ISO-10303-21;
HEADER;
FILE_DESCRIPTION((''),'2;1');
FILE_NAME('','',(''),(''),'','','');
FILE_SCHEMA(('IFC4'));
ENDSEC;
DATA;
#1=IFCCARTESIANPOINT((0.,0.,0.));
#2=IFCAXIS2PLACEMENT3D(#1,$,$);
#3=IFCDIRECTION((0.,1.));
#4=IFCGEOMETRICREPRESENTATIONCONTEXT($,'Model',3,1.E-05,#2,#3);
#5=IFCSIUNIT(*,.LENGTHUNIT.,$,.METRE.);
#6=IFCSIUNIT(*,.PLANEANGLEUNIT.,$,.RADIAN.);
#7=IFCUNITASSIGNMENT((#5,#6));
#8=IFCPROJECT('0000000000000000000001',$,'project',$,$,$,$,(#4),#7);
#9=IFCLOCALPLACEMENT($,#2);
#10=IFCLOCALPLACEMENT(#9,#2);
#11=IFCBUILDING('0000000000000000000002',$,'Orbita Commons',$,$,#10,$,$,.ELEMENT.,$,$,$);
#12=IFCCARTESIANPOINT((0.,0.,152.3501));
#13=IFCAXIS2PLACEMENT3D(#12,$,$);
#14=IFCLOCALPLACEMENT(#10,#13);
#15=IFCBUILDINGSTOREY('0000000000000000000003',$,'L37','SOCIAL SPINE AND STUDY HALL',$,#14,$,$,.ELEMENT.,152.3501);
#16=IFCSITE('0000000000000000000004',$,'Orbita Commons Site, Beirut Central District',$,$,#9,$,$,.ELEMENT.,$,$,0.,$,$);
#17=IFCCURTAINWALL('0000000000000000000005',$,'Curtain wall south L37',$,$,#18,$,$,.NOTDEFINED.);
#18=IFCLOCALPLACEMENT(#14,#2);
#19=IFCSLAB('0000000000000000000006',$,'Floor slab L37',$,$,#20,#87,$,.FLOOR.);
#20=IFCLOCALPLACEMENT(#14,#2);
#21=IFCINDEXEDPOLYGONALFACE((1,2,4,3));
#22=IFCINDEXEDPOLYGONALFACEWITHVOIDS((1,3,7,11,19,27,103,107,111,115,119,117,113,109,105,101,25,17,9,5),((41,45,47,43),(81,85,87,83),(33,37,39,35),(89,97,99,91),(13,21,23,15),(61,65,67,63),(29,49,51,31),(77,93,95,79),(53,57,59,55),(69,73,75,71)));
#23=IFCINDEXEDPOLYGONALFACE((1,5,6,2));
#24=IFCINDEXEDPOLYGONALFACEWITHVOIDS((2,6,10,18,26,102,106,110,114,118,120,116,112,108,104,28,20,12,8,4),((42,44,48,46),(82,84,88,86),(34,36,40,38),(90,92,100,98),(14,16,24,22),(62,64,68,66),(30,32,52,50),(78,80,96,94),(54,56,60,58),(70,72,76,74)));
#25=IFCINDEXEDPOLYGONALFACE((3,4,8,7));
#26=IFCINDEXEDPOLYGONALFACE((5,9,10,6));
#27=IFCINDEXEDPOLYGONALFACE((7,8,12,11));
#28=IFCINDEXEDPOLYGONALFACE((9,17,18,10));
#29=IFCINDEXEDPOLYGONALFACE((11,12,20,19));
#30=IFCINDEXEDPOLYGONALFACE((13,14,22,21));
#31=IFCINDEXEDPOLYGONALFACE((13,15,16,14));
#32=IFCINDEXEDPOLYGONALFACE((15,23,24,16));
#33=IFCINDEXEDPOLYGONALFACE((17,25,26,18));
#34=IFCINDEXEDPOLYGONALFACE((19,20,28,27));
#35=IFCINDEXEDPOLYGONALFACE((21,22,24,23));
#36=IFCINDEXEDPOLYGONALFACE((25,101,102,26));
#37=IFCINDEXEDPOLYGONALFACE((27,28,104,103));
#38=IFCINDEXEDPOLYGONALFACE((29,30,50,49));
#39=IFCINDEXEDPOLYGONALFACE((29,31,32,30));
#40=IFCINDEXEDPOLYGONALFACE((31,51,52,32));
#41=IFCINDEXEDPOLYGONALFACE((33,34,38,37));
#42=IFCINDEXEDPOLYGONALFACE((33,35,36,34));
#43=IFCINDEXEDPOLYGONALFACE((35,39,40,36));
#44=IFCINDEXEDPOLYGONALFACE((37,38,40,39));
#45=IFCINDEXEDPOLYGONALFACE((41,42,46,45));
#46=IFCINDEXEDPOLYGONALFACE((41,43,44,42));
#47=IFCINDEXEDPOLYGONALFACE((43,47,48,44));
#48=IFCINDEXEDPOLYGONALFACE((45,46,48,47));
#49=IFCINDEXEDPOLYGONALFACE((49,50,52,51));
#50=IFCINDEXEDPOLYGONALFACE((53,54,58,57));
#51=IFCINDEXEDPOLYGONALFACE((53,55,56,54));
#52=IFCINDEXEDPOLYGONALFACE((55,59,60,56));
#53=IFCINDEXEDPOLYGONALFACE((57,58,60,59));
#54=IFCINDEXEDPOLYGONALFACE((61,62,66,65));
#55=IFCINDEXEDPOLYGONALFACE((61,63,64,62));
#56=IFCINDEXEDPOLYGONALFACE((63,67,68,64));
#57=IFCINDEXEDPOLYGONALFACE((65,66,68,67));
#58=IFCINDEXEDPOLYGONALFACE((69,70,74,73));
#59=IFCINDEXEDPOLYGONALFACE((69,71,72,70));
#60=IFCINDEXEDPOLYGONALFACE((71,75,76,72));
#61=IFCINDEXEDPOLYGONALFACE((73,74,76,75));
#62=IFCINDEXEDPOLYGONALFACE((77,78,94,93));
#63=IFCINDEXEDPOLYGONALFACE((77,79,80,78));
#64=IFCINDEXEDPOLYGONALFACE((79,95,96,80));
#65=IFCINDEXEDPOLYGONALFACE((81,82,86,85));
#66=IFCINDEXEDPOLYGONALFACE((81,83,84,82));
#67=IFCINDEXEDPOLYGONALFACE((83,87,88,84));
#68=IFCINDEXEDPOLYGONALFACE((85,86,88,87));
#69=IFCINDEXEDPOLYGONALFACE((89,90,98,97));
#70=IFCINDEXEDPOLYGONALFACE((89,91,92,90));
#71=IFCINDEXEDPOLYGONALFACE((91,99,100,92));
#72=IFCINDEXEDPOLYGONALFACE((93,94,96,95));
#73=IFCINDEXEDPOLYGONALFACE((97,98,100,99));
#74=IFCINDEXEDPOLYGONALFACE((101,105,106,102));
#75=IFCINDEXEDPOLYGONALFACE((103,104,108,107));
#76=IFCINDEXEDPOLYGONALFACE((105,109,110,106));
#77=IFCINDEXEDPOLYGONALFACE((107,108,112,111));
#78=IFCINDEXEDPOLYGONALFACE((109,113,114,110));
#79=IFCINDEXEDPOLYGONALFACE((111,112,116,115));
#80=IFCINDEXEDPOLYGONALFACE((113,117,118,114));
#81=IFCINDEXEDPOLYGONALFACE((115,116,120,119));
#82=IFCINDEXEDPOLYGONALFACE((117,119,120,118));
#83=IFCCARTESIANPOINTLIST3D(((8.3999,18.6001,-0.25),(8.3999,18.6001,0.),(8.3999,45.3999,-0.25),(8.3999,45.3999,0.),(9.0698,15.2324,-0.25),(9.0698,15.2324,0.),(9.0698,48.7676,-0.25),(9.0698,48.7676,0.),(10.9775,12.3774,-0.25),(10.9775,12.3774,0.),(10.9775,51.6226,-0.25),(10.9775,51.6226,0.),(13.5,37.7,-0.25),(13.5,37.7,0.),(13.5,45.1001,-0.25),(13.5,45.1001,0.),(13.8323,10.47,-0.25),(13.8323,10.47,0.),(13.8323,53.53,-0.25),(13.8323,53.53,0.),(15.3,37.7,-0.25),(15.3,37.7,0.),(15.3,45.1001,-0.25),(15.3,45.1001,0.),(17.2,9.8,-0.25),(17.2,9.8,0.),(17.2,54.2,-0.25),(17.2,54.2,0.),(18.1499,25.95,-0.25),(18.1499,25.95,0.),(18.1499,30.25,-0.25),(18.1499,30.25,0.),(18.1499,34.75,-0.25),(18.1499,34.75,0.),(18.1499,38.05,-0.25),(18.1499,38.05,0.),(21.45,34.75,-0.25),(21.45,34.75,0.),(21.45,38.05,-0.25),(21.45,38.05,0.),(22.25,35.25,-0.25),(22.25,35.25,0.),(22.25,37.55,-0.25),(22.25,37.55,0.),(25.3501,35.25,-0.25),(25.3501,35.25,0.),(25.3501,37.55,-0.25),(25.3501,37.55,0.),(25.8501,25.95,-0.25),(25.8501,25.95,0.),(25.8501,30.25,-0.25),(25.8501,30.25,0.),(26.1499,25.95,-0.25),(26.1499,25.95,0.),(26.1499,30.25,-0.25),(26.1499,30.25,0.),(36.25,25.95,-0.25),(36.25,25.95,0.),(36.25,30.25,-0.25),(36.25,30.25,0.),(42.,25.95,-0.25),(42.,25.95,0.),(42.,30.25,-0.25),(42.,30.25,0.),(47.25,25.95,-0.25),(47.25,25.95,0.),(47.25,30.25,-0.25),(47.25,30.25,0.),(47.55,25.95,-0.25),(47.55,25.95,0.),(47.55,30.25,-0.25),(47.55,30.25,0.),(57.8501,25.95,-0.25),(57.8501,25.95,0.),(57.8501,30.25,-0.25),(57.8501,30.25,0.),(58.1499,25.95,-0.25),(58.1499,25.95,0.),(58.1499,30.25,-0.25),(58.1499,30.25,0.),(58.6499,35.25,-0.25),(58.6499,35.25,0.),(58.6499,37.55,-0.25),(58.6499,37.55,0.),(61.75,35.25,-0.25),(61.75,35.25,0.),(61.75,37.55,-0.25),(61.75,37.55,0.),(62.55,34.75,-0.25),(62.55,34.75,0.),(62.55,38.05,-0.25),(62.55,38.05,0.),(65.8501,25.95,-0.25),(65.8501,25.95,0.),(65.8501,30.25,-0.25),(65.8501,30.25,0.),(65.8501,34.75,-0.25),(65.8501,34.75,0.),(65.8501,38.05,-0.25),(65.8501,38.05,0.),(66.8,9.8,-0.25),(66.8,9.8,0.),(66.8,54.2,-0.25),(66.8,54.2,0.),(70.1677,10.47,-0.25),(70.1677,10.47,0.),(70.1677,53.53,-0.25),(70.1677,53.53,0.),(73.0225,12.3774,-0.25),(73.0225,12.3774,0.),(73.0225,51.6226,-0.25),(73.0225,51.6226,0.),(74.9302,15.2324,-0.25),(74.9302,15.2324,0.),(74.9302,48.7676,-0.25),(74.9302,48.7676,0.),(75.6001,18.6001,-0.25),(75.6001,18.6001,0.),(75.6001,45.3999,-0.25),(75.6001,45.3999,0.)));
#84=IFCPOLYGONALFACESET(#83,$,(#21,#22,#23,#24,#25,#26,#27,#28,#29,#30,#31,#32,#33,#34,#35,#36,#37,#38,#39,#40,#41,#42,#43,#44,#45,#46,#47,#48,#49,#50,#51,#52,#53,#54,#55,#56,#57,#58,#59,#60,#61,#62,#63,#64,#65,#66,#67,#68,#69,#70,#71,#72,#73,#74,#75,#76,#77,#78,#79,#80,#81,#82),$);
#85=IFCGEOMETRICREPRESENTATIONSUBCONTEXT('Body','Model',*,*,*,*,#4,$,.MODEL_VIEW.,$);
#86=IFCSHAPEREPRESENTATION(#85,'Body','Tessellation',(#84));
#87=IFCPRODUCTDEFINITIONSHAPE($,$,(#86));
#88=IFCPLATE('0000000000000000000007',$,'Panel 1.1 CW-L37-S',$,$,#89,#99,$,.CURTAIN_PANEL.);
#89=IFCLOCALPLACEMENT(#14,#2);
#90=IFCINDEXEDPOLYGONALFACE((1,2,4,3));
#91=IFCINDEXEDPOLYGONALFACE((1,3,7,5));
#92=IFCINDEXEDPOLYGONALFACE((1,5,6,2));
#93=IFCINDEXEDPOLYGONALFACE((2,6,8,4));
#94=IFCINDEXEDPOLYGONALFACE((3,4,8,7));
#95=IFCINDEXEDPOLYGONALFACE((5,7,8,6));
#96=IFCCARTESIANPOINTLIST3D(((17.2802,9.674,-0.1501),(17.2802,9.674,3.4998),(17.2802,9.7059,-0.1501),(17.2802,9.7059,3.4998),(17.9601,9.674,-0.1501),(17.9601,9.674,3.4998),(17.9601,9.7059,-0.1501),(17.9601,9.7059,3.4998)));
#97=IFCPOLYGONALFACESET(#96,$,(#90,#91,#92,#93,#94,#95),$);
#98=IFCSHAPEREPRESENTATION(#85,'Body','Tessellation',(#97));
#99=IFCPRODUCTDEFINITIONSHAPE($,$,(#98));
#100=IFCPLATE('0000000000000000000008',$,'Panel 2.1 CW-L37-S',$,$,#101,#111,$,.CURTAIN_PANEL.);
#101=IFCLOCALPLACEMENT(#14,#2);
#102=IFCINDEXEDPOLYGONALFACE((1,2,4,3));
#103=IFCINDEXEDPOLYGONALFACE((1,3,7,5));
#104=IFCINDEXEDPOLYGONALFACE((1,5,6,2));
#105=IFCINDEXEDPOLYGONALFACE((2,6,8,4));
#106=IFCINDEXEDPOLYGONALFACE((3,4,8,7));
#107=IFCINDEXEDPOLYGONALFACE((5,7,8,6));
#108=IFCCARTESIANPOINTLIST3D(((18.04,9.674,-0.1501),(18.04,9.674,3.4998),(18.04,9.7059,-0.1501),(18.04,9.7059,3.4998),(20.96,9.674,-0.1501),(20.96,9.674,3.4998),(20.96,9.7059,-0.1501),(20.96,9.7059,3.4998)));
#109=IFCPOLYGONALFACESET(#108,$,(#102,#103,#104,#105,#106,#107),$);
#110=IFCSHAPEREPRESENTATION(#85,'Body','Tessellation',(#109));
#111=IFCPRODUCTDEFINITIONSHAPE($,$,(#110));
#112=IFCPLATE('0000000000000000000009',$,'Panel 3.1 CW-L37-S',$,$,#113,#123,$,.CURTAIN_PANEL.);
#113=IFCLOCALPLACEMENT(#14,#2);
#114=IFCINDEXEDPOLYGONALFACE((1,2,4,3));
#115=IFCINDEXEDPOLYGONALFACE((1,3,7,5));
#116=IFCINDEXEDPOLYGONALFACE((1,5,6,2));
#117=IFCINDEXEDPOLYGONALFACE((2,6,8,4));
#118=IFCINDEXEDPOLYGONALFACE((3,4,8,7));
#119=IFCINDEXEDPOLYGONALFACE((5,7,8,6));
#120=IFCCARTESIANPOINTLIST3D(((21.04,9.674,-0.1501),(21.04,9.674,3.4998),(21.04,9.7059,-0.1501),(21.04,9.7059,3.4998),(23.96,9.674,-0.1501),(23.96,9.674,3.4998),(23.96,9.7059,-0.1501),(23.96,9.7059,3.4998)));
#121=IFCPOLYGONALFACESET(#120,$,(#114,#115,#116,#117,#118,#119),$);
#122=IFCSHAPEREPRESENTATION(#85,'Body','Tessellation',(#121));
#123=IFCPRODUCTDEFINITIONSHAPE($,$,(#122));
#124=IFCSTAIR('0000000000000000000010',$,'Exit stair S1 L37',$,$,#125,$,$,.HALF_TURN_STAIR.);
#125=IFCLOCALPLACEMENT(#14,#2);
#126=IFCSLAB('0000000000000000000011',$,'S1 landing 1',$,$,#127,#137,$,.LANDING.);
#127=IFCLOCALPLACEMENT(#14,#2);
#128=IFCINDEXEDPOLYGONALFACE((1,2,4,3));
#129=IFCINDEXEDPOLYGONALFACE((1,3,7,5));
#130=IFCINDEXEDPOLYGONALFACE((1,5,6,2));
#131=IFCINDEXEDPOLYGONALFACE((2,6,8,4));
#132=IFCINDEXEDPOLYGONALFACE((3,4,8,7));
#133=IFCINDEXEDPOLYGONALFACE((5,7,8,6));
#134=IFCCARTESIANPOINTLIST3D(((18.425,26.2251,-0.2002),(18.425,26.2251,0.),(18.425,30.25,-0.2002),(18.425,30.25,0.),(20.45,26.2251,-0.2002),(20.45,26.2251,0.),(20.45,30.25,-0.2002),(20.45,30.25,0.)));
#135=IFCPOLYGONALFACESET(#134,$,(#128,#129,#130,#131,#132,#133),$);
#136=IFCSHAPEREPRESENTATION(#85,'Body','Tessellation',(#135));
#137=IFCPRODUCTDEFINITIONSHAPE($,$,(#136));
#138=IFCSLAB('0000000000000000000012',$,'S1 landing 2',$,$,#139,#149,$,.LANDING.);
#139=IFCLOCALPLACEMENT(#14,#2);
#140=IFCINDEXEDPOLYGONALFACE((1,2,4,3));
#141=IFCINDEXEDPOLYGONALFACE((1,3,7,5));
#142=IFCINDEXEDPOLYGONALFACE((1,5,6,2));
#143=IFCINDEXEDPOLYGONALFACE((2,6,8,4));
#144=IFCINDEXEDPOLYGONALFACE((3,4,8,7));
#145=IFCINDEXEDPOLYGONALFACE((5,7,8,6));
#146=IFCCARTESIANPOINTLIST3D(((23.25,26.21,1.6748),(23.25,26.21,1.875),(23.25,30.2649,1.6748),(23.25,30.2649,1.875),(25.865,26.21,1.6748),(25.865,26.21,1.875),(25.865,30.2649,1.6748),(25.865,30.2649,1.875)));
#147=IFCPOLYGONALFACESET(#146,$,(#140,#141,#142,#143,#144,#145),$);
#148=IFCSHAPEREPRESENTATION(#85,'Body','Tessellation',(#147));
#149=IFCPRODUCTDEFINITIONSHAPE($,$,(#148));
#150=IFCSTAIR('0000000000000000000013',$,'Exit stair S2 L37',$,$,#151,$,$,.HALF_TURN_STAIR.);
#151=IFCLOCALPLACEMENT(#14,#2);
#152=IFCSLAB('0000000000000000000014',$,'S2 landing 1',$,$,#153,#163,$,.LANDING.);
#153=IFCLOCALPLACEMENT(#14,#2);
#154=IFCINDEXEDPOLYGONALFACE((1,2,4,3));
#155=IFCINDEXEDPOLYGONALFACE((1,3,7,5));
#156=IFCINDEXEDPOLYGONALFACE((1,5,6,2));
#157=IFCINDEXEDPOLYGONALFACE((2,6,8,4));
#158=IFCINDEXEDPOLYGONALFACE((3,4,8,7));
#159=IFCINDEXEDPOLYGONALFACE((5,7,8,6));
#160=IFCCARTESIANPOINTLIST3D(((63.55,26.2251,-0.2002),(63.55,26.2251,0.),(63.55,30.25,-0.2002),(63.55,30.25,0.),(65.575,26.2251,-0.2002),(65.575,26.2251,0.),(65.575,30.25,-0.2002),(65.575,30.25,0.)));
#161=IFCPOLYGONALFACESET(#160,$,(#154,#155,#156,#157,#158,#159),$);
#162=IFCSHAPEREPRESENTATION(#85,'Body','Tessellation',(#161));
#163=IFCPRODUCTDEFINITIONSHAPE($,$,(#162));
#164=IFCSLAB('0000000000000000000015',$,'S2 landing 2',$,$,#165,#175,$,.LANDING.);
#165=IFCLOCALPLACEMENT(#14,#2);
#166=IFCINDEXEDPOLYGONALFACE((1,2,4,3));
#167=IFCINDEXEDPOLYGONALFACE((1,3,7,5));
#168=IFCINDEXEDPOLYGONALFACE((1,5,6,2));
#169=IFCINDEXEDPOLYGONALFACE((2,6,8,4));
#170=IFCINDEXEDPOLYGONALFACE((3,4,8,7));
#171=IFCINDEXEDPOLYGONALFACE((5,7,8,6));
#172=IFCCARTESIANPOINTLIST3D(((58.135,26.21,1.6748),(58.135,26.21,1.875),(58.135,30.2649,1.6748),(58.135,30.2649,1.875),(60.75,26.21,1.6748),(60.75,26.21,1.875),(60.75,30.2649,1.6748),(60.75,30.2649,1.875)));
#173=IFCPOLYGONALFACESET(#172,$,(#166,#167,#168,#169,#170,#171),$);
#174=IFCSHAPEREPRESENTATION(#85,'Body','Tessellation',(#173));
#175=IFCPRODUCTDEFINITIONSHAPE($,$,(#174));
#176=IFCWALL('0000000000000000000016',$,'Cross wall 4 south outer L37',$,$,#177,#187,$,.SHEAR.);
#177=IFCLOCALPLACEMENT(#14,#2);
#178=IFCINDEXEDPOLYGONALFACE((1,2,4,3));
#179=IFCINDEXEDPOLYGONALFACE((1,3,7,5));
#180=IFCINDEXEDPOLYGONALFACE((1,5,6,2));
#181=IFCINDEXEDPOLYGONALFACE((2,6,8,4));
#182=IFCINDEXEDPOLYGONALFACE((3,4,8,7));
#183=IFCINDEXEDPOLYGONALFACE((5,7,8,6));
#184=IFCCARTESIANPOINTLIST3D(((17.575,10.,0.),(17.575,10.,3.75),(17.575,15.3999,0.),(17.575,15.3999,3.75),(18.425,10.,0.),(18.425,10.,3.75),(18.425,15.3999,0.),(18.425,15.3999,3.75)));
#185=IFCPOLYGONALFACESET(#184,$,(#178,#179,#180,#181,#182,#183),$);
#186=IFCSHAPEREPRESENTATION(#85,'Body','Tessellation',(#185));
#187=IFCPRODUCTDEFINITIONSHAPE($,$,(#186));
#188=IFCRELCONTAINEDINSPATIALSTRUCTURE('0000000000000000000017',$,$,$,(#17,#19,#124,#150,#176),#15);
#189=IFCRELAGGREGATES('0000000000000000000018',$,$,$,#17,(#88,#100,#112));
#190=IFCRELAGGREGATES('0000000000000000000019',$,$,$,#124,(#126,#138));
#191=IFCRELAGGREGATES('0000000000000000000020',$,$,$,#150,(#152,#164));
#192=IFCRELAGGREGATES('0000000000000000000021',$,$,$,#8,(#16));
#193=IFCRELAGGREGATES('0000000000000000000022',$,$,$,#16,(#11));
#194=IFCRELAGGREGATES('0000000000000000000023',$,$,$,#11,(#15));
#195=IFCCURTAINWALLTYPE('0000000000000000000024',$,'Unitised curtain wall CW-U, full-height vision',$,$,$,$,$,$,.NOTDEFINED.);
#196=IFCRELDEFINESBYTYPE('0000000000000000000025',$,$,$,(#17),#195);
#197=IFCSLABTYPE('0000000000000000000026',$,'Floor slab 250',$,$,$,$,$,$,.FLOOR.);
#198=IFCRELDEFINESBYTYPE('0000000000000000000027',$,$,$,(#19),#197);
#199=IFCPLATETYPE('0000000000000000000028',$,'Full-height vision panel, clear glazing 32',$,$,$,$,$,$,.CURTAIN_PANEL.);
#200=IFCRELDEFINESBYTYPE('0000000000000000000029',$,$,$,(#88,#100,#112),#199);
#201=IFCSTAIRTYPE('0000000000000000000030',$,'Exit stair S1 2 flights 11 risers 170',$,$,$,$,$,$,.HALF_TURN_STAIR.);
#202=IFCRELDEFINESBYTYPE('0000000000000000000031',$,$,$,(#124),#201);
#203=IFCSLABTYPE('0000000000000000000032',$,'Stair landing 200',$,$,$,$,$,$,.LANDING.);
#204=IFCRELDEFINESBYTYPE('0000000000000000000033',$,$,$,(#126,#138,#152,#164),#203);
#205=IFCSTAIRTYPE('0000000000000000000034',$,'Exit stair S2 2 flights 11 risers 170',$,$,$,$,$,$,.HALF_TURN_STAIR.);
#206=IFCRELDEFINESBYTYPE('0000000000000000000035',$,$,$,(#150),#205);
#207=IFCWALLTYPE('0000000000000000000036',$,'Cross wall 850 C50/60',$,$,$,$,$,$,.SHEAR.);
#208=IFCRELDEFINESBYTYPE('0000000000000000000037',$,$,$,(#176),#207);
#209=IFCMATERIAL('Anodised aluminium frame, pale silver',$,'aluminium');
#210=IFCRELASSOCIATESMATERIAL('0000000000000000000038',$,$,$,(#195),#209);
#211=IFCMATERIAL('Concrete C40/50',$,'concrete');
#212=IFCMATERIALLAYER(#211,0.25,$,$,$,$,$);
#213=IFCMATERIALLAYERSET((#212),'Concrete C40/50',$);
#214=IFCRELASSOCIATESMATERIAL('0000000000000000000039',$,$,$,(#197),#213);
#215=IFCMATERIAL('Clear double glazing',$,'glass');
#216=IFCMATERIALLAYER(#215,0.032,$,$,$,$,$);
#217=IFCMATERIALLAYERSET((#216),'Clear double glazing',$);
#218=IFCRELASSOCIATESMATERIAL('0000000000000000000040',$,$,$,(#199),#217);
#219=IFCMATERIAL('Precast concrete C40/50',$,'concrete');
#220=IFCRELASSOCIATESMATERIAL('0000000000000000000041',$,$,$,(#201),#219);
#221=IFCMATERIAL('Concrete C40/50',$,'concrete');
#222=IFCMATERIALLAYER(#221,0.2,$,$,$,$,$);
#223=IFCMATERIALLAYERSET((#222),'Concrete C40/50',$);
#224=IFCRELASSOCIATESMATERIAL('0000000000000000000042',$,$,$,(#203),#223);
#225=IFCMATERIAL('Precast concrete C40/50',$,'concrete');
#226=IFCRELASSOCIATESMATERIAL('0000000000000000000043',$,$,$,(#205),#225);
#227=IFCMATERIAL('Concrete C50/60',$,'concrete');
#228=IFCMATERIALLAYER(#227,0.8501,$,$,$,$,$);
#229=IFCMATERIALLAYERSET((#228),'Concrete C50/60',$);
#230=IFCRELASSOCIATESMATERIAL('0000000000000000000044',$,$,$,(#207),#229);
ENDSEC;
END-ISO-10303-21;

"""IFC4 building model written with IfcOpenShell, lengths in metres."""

from ifc_helpers import new_model, si_unit, direction, frame, frame_2d, origin, origin_2d, place, context, subcontext, project, spatial, polyline, rectangle, outline, extrude, material, layer, layer_set, type_object, element, aggregate, save


model = new_model("IFC4")

# Units and contexts
model_context = context("Model", 3, precision=1e-05, world=origin(), true_north=direction((0.0, 1.0)))
body_context = subcontext(model_context, "Body", "Model", "MODEL_VIEW")
ifc_project = project(units=[si_unit("LENGTHUNIT", "METRE"), si_unit("PLANEANGLEUNIT", "RADIAN")], contexts=[model_context])

# Site, building, storey
site_placement = place(None, origin())
site = spatial("IfcSite", under=ifc_project, at=site_placement, Name="Orbita Commons Site, Beirut Central District", CompositionType="ELEMENT", RefElevation=0.0)
building_placement = place(site_placement, origin())
building = spatial("IfcBuilding", under=site, at=building_placement, Name="Orbita Commons", CompositionType="ELEMENT")
storey_placement = place(building_placement, frame((0.0, 0.0, 152.3501)))
storey = spatial("IfcBuildingStorey", under=building, at=storey_placement, Name="L37", Description="SOCIAL SPINE AND STUDY HALL", CompositionType="ELEMENT", Elevation=152.3501)

# Curtain wall
ifc_material_1 = material(Name="Anodised aluminium frame, pale silver", Category="aluminium")
curtain_wall_type = type_object("IfcCurtainWallType", Name="Unitised curtain wall CW-U, full-height vision", PredefinedType="NOTDEFINED", material=ifc_material_1)
curtain_wall_placement = place(storey_placement, origin())
curtain_wall = element("IfcCurtainWall", 1, at=curtain_wall_placement, inside=storey, type_object=curtain_wall_type, Name="Curtain wall south L37", PredefinedType="NOTDEFINED")

# Slab
ifc_material_2 = material(Name="Concrete C40/50", Category="concrete")
ifc_layer_1 = layer(ifc_material_2, 0.25)
ifc_layer_set_1 = layer_set([ifc_layer_1], Name="Concrete C40/50")
slab_type_1 = type_object("IfcSlabType", Name="Floor slab 250", PredefinedType="FLOOR", material=ifc_layer_set_1)
slab_1_placement = place(storey_placement, frame((0.0, 0.0, -0.25)))
element("IfcSlab", 2, at=slab_1_placement, inside=storey, type_object=slab_type_1, Name="Floor slab L37", PredefinedType="FLOOR", context=body_context, shape_type="SweptSolid", body=[
    extrude(outline(polyline([(66.8, 9.8), (70.1677, 10.47), (73.0225, 12.3774), (74.9302, 15.2324), (75.6001, 18.6001), (75.6001, 45.3999), (74.9302, 48.7676), (73.0225, 51.6226), (70.1677, 53.53), (66.8, 54.2), (17.2, 54.2), (13.8323, 53.53), (10.9775, 51.6226), (9.0698, 48.7676), (8.3999, 45.3999), (8.3999, 18.6001), (9.0698, 15.2324), (10.9775, 12.3774), (13.8323, 10.47), (17.2, 9.8), (66.8, 9.8)]), holes=[polyline([(18.1499, 25.95), (25.8501, 25.95), (25.8501, 30.25), (18.1499, 30.25), (18.1499, 25.95)]), polyline([(58.1499, 25.95), (65.8501, 25.95), (65.8501, 30.25), (58.1499, 30.25), (58.1499, 25.95)]), polyline([(18.1499, 34.75), (21.45, 34.75), (21.45, 38.05), (18.1499, 38.05), (18.1499, 34.75)]), polyline([(62.55, 34.75), (65.8501, 34.75), (65.8501, 38.05), (62.55, 38.05), (62.55, 34.75)]), polyline([(22.25, 35.25), (25.3501, 35.25), (25.3501, 37.55), (22.25, 37.55), (22.25, 35.25)]), polyline([(58.6499, 35.25), (61.75, 35.25), (61.75, 37.55), (58.6499, 37.55), (58.6499, 35.25)]), polyline([(26.1499, 25.95), (36.25, 25.95), (36.25, 30.25), (26.1499, 30.25), (26.1499, 25.95)]), polyline([(42.0, 25.95), (47.25, 25.95), (47.25, 30.25), (42.0, 30.25), (42.0, 25.95)]), polyline([(47.55, 25.95), (57.8501, 25.95), (57.8501, 30.25), (47.55, 30.25), (47.55, 25.95)]), polyline([(13.5, 37.7), (15.3, 37.7), (15.3, 45.1001), (13.5, 45.1001), (13.5, 37.7)])]), origin(), (0.0, 0.0, 1.0), 0.25),
])

# Plates
ifc_material_3 = material(Name="Clear double glazing", Category="glass")
ifc_layer_2 = layer(ifc_material_3, 0.032)
ifc_layer_set_2 = layer_set([ifc_layer_2], Name="Clear double glazing")
plate_type = type_object("IfcPlateType", Name="Full-height vision panel, clear glazing 32", PredefinedType="CURTAIN_PANEL", material=ifc_layer_set_2)
plate_1_placement = place(storey_placement, frame((17.6201, 9.6899, -0.1501), z_axis=(0.0, 0.0, 1.0), x_axis=(1.0, 0.0, 0.0)))
plate_1 = element("IfcPlate", 3, at=plate_1_placement, type_object=plate_type, Name="Panel 1.1 CW-L37-S", PredefinedType="CURTAIN_PANEL", context=body_context, shape_type="SweptSolid", body=[
    extrude(rectangle(XDim=0.6799, YDim=0.032, at=origin_2d()), origin(), (0.0, 0.0, 1.0), 3.6499),
])
plate_2_placement = place(storey_placement, frame((19.5, 9.6899, -0.1501), z_axis=(0.0, 0.0, 1.0), x_axis=(1.0, 0.0, 0.0)))
plate_2 = element("IfcPlate", 4, at=plate_2_placement, type_object=plate_type, Name="Panel 2.1 CW-L37-S", PredefinedType="CURTAIN_PANEL", context=body_context, shape_type="SweptSolid", body=[
    extrude(rectangle(XDim=2.9199, YDim=0.032, at=origin_2d()), origin(), (0.0, 0.0, 1.0), 3.6499),
])
plate_3_placement = place(storey_placement, frame((22.5, 9.6899, -0.1501), z_axis=(0.0, 0.0, 1.0), x_axis=(1.0, 0.0, 0.0)))
plate_3 = element("IfcPlate", 5, at=plate_3_placement, type_object=plate_type, Name="Panel 3.1 CW-L37-S", PredefinedType="CURTAIN_PANEL", context=body_context, shape_type="SweptSolid", body=[
    extrude(rectangle(XDim=2.9199, YDim=0.032, at=origin_2d()), origin(), (0.0, 0.0, 1.0), 3.6499),
])
aggregate(curtain_wall, [plate_1, plate_2, plate_3])

# Stairs, slabs
ifc_material_4 = material(Name="Precast concrete C40/50", Category="concrete")
stair_type_1 = type_object("IfcStairType", Name="Exit stair S1 2 flights 11 risers 170", PredefinedType="HALF_TURN_STAIR", material=ifc_material_4)
stair_1_placement = place(storey_placement, origin())
stair_1 = element("IfcStair", 6, at=stair_1_placement, inside=storey, type_object=stair_type_1, Name="Exit stair S1 L37", PredefinedType="HALF_TURN_STAIR")
ifc_material_5 = material(Name="Concrete C40/50", Category="concrete")
ifc_layer_3 = layer(ifc_material_5, 0.2)
ifc_layer_set_3 = layer_set([ifc_layer_3], Name="Concrete C40/50")
slab_type_2 = type_object("IfcSlabType", Name="Stair landing 200", PredefinedType="LANDING", material=ifc_layer_set_3)
slab_2_placement = place(storey_placement, frame((0.0, 0.0, -0.2002)))
slab_2 = element("IfcSlab", 7, at=slab_2_placement, type_object=slab_type_2, Name="S1 landing 1", PredefinedType="LANDING", context=body_context, shape_type="SweptSolid", body=[
    extrude(outline(polyline([(18.425, 26.2251), (20.45, 26.2251), (20.45, 30.25), (18.425, 30.25), (18.425, 26.2251)])), origin(), (0.0, 0.0, 1.0), 0.2002),
])
slab_3_placement = place(storey_placement, frame((0.0, 0.0, 1.6748)))
slab_3 = element("IfcSlab", 8, at=slab_3_placement, type_object=slab_type_2, Name="S1 landing 2", PredefinedType="LANDING", context=body_context, shape_type="SweptSolid", body=[
    extrude(outline(polyline([(23.25, 26.21), (25.865, 26.21), (25.865, 30.2649), (23.25, 30.2649), (23.25, 26.21)])), origin(), (0.0, 0.0, 1.0), 0.2002),
])
aggregate(stair_1, [slab_2, slab_3])
ifc_material_6 = material(Name="Precast concrete C40/50", Category="concrete")
stair_type_2 = type_object("IfcStairType", Name="Exit stair S2 2 flights 11 risers 170", PredefinedType="HALF_TURN_STAIR", material=ifc_material_6)
stair_2_placement = place(storey_placement, origin())
stair_2 = element("IfcStair", 9, at=stair_2_placement, inside=storey, type_object=stair_type_2, Name="Exit stair S2 L37", PredefinedType="HALF_TURN_STAIR")
slab_4_placement = place(storey_placement, frame((0.0, 0.0, -0.2002)))
slab_4 = element("IfcSlab", 10, at=slab_4_placement, type_object=slab_type_2, Name="S2 landing 1", PredefinedType="LANDING", context=body_context, shape_type="SweptSolid", body=[
    extrude(outline(polyline([(63.55, 26.2251), (65.575, 26.2251), (65.575, 30.25), (63.55, 30.25), (63.55, 26.2251)])), origin(), (0.0, 0.0, 1.0), 0.2002),
])
slab_5_placement = place(storey_placement, frame((0.0, 0.0, 1.6748)))
slab_5 = element("IfcSlab", 11, at=slab_5_placement, type_object=slab_type_2, Name="S2 landing 2", PredefinedType="LANDING", context=body_context, shape_type="SweptSolid", body=[
    extrude(outline(polyline([(58.135, 26.21), (60.75, 26.21), (60.75, 30.2649), (58.135, 30.2649), (58.135, 26.21)])), origin(), (0.0, 0.0, 1.0), 0.2002),
])
aggregate(stair_2, [slab_4, slab_5])

# Wall
ifc_material_7 = material(Name="Concrete C50/60", Category="concrete")
ifc_layer_4 = layer(ifc_material_7, 0.8501)
ifc_layer_set_4 = layer_set([ifc_layer_4], Name="Concrete C50/60")
wall_type_1 = type_object("IfcWallType", Name="Cross wall 850 C50/60", PredefinedType="SHEAR", material=ifc_layer_set_4)
for number, where, z_axis, x_axis, name in (
    (12, (18.0, 10.0, 0.0), (0.0, 0.0, 1.0), (0.0, 1.0, 0.0), "Cross wall 4 south outer L37"),
):
    element("IfcWall", number, at=place(storey_placement, frame(where, z_axis=z_axis, x_axis=x_axis)), inside=storey, type_object=wall_type_1, Name=name, PredefinedType="SHEAR", context=body_context, shape_type="SweptSolid", body=[
        extrude(rectangle(XDim=5.3999, YDim=0.8501, at=frame_2d((2.7, 0.0))), origin(), (0.0, 0.0, 1.0), 3.75),
    ])

save(model, "model.ifc")
